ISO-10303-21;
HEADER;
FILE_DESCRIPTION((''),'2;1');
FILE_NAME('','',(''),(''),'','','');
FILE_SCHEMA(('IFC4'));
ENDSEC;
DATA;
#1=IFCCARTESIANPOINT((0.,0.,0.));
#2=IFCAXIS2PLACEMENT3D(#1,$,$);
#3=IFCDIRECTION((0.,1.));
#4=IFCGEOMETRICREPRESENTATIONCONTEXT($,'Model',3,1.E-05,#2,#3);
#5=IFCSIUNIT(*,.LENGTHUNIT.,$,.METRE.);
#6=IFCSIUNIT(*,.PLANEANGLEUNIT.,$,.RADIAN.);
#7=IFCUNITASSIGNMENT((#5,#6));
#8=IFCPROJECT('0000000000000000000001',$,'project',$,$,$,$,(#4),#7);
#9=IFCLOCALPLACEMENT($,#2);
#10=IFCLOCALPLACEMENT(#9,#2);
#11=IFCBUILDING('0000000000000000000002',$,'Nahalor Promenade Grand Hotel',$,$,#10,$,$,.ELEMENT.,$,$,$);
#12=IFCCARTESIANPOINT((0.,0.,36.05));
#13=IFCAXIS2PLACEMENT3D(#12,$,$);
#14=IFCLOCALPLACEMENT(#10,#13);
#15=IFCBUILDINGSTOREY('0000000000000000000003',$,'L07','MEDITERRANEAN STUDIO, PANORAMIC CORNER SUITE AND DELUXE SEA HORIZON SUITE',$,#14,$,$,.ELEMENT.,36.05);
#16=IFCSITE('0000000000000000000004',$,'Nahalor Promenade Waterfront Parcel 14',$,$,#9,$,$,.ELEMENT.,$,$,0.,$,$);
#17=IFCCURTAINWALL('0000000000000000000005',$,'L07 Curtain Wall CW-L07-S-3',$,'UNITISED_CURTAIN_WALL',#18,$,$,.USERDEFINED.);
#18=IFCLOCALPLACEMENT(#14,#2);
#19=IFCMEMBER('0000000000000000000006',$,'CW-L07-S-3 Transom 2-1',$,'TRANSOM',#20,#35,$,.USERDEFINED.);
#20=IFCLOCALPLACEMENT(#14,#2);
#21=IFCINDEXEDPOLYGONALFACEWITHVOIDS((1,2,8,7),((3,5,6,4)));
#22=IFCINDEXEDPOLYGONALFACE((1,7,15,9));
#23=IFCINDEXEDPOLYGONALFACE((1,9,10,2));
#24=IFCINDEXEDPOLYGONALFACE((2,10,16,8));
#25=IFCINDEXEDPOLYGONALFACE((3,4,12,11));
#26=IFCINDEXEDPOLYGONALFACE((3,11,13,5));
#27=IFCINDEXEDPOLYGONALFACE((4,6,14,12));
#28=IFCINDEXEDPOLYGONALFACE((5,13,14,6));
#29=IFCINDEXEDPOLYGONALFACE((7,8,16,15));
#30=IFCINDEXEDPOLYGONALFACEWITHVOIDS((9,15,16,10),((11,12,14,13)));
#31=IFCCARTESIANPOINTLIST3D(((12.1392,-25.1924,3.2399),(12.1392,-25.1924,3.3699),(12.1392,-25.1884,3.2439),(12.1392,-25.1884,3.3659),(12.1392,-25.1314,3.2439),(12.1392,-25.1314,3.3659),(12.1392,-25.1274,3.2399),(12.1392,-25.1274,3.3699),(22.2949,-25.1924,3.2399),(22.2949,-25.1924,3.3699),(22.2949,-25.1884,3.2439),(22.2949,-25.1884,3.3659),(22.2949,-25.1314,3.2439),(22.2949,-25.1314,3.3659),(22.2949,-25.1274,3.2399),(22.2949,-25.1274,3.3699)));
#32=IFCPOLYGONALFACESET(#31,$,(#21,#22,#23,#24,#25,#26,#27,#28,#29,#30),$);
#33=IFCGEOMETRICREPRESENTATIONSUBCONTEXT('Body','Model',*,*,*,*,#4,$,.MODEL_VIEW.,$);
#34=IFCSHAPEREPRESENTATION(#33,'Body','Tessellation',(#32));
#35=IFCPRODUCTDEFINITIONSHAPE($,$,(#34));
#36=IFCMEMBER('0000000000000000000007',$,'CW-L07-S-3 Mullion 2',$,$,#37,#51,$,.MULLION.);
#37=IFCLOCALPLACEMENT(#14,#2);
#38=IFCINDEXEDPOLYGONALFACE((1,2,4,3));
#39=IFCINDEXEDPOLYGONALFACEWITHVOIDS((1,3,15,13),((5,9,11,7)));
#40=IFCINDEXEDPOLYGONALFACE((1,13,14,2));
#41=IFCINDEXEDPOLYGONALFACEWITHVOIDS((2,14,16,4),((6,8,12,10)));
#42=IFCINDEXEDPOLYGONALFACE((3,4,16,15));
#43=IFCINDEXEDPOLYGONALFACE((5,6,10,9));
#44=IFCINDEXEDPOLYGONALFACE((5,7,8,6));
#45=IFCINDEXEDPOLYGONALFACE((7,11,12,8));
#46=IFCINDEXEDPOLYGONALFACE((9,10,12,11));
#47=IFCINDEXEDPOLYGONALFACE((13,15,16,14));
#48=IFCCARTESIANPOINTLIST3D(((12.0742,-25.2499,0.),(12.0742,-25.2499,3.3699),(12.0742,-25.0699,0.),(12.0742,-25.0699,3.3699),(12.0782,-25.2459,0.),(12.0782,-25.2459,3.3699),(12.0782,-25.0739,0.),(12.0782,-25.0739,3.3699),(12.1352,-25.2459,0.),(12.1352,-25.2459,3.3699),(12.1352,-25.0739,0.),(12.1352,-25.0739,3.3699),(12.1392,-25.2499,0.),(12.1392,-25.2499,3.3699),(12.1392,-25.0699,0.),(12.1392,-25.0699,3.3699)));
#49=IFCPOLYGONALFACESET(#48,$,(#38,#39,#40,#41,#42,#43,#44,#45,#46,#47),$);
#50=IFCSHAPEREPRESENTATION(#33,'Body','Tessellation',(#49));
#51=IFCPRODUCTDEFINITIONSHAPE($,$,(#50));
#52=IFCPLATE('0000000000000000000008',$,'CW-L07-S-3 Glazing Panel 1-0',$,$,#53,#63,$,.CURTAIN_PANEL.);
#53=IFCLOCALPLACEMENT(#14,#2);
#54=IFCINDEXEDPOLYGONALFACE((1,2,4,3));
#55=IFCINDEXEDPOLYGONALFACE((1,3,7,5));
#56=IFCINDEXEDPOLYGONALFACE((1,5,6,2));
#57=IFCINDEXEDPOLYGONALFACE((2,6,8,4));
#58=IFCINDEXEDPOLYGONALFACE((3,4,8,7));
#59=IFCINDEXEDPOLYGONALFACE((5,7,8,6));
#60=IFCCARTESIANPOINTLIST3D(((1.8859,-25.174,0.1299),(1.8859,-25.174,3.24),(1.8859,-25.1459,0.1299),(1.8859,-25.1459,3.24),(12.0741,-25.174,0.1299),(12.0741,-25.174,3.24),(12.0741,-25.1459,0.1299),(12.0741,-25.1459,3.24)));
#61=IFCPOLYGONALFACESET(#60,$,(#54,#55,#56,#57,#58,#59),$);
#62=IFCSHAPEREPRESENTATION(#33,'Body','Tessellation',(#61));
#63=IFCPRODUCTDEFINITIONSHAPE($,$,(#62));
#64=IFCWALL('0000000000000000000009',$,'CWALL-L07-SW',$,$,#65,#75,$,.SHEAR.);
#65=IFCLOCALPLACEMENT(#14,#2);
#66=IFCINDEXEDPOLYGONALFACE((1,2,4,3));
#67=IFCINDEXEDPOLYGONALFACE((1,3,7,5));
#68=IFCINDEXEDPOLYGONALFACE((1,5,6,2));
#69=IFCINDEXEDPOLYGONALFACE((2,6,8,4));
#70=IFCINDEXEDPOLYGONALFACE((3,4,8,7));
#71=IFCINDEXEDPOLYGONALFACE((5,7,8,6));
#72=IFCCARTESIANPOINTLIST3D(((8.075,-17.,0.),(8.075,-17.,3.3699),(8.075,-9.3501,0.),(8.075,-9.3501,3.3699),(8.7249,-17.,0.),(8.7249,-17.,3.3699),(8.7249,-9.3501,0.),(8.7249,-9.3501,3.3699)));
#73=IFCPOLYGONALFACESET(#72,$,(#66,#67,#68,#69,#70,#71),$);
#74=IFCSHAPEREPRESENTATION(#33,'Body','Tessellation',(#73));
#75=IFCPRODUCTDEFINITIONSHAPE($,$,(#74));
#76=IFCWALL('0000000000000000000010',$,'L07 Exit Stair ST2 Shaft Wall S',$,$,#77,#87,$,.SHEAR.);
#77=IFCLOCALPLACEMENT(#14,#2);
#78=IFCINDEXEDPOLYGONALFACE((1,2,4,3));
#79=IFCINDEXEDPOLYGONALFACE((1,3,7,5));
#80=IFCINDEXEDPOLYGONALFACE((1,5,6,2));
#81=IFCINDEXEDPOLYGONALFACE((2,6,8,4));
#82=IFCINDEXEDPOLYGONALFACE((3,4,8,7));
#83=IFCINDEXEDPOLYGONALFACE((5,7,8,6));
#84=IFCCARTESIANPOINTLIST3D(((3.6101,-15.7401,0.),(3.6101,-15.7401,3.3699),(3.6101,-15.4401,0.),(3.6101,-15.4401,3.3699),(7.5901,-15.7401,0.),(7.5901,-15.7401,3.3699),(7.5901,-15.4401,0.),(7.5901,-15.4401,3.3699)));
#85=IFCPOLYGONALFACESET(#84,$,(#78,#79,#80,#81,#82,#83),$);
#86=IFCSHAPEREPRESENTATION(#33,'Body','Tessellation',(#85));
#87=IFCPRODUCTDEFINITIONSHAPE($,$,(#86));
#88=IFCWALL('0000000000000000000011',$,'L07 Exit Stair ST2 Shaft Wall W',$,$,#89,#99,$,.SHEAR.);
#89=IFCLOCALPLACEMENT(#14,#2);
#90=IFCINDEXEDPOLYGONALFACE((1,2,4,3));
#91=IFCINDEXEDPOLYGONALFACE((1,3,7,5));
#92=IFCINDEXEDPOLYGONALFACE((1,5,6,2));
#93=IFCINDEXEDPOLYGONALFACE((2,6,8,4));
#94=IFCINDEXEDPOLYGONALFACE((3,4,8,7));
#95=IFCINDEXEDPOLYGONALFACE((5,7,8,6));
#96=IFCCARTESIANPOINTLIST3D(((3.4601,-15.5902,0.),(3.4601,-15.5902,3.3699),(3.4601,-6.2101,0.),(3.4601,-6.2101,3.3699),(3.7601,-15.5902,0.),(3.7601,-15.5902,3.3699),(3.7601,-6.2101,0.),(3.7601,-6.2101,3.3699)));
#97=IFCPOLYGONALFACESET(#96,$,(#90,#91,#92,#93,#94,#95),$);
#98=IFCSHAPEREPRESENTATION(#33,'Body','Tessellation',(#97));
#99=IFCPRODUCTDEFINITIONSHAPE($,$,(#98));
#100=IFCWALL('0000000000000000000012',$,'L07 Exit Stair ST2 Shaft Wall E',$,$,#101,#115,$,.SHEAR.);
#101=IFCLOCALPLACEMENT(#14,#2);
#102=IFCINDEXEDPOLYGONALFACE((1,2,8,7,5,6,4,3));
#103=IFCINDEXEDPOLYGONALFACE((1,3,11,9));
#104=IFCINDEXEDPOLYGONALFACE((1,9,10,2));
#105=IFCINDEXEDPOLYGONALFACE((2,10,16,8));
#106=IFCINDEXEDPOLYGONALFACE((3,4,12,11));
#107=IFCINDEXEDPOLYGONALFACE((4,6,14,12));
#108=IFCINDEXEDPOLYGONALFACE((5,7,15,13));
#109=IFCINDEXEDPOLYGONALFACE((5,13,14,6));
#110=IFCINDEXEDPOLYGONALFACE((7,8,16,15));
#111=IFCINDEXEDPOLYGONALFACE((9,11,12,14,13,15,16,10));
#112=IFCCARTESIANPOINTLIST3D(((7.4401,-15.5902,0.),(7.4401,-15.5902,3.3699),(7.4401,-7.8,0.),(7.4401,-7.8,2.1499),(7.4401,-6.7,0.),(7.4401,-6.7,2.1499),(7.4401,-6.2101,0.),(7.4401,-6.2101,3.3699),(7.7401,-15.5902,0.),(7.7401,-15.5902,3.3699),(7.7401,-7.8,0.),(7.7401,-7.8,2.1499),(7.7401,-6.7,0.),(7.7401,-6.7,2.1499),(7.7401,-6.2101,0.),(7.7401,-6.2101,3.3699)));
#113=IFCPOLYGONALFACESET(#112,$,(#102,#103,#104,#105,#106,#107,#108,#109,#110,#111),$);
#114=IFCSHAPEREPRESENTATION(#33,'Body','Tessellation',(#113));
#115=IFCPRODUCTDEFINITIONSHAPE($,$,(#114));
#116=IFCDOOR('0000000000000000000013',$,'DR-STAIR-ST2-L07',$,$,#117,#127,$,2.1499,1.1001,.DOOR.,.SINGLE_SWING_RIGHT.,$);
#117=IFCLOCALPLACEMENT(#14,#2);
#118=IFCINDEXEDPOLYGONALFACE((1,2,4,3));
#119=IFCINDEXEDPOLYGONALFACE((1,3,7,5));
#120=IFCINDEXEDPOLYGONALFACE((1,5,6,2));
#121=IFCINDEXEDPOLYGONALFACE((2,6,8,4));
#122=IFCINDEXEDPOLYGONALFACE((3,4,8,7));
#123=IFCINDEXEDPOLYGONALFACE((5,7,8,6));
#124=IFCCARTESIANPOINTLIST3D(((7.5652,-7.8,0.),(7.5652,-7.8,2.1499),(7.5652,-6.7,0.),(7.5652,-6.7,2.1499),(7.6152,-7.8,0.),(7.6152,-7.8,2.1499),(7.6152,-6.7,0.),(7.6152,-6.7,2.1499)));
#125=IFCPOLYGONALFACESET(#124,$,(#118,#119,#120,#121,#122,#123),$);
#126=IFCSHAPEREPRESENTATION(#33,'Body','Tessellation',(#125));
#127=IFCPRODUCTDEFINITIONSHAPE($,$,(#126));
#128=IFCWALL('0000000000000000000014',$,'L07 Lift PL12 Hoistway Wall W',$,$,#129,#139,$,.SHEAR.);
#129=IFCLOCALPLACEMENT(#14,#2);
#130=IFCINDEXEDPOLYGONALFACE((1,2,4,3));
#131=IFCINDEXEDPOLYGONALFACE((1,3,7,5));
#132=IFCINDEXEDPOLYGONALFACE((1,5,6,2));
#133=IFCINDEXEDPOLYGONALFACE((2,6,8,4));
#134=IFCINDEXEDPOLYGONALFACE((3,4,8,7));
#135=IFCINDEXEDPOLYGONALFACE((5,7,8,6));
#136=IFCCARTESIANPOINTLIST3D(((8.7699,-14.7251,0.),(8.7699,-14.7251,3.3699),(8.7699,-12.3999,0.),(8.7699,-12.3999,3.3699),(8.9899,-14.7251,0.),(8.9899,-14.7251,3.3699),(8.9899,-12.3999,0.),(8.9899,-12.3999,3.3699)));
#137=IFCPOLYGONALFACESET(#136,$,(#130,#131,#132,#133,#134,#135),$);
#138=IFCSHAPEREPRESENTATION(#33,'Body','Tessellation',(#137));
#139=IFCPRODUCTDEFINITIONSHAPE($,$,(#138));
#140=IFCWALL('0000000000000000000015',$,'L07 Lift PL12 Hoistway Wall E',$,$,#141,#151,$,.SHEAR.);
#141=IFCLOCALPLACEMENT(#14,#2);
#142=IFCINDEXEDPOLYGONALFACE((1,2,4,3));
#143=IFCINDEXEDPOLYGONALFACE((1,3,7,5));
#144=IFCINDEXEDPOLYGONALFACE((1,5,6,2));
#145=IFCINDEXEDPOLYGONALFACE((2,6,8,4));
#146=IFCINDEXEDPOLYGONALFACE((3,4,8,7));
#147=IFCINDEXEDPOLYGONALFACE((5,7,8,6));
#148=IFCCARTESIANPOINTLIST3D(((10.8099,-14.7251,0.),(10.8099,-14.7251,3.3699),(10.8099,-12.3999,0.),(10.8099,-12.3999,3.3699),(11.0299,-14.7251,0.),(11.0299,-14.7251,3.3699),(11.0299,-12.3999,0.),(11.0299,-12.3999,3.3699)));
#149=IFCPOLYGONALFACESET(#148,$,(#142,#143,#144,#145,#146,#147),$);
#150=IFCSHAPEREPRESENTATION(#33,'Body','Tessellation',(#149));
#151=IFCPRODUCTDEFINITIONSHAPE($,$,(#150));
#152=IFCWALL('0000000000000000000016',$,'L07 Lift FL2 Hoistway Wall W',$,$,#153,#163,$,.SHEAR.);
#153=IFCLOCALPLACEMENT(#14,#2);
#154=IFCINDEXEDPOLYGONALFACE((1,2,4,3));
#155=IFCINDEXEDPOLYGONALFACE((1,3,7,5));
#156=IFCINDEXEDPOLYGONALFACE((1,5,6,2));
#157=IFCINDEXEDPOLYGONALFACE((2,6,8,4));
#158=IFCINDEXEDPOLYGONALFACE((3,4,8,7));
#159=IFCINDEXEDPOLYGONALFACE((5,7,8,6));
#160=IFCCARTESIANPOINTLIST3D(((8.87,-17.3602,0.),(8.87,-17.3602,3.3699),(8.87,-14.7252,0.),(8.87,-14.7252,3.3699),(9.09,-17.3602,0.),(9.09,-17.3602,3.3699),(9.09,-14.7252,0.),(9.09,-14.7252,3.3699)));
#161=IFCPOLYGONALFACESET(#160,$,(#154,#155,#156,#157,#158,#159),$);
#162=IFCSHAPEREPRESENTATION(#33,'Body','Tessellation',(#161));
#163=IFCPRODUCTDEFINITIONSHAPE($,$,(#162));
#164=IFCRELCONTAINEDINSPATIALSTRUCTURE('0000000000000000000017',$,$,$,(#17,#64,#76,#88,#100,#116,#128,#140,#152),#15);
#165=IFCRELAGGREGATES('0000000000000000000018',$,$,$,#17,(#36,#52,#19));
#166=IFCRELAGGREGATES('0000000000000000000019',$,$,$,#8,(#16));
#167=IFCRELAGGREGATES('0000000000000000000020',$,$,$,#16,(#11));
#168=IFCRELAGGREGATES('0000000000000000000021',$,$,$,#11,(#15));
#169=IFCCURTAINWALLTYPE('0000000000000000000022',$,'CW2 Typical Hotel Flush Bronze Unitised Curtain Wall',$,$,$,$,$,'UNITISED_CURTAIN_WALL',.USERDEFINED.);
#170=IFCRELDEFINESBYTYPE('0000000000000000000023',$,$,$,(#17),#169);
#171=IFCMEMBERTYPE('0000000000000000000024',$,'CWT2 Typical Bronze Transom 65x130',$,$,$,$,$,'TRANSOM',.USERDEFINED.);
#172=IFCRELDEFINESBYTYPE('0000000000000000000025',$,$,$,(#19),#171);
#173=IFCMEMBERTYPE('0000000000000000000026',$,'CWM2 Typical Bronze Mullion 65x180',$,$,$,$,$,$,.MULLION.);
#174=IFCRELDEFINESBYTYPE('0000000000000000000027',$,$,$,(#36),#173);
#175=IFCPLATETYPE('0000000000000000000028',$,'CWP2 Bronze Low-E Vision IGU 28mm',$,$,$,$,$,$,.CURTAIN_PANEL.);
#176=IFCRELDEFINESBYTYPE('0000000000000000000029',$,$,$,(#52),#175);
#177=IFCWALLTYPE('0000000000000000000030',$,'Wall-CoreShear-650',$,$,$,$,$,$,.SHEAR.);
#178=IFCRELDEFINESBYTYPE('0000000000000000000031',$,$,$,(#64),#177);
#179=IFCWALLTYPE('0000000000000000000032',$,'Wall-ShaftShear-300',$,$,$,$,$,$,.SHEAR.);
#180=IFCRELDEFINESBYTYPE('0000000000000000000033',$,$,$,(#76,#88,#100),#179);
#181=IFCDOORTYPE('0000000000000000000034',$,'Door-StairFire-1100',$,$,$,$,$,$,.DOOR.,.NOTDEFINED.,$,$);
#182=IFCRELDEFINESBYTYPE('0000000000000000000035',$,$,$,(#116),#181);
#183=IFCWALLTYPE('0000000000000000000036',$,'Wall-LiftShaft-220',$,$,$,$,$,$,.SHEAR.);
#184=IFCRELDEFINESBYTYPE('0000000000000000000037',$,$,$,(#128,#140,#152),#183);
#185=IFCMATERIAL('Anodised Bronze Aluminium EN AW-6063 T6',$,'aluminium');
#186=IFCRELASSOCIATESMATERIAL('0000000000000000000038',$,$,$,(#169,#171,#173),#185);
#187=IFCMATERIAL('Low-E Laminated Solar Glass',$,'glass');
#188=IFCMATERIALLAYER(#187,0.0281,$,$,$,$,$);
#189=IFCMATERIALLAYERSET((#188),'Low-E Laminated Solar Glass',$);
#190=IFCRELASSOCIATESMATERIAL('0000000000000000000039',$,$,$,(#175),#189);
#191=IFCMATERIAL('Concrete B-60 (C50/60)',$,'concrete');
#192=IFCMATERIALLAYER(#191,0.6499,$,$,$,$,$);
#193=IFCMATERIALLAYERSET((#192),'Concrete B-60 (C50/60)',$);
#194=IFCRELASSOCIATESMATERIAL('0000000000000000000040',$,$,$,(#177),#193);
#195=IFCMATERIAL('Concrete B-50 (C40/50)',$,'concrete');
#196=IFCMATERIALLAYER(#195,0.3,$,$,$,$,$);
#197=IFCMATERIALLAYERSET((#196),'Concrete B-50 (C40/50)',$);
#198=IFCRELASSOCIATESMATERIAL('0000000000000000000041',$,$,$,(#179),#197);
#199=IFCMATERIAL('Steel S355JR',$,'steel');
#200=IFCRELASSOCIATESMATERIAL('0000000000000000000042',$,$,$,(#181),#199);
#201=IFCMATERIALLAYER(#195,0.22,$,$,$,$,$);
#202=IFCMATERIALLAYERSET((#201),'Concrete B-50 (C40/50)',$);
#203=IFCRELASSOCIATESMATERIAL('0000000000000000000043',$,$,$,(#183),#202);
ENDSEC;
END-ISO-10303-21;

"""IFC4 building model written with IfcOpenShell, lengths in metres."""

from ifc_helpers import new_model, si_unit, direction, frame, frame_2d, origin, origin_2d, place, context, subcontext, project, spatial, rectangle, hollow_rectangle, extrude, source, transform, mapped, material, layer, layer_set, material_profile, profile_set, type_object, element, fill, aggregate, save


model = new_model("IFC4")

# Units and contexts
model_context = context("Model", 3, precision=1e-05, world=origin(), true_north=direction((0.0, 1.0)))
body_context = subcontext(model_context, "Body", "Model", "MODEL_VIEW")
ifc_project = project(units=[si_unit("LENGTHUNIT", "METRE"), si_unit("PLANEANGLEUNIT", "RADIAN")], contexts=[model_context])

# Site, building, storey
site_placement = place(None, origin())
site = spatial("IfcSite", under=ifc_project, at=site_placement, Name="Nahalor Promenade Waterfront Parcel 14", CompositionType="ELEMENT", RefElevation=0.0)
building_placement = place(site_placement, origin())
building = spatial("IfcBuilding", under=site, at=building_placement, Name="Nahalor Promenade Grand Hotel", CompositionType="ELEMENT")
storey_placement = place(building_placement, frame((0.0, 0.0, 36.05)))
storey = spatial("IfcBuildingStorey", under=building, at=storey_placement, Name="L07", Description="MEDITERRANEAN STUDIO, PANORAMIC CORNER SUITE AND DELUXE SEA HORIZON SUITE", CompositionType="ELEMENT", Elevation=36.05)

# Shared definitions
ifc_material_1 = material(Name="Steel S355JR", Category="steel")

# Curtain wall, members, plate
ifc_material_2 = material(Name="Anodised Bronze Aluminium EN AW-6063 T6", Category="aluminium")
curtain_wall_type = type_object("IfcCurtainWallType", Name="CW2 Typical Hotel Flush Bronze Unitised Curtain Wall", ElementType="UNITISED_CURTAIN_WALL", PredefinedType="USERDEFINED", material=ifc_material_2)
curtain_wall_placement = place(storey_placement, origin())
curtain_wall = element("IfcCurtainWall", 1, at=curtain_wall_placement, inside=storey, type_object=curtain_wall_type, Name="L07 Curtain Wall CW-L07-S-3", ObjectType="UNITISED_CURTAIN_WALL", PredefinedType="USERDEFINED")
ifc_material_profile_1 = material_profile(ifc_material_2, hollow_rectangle(XDim=0.065, YDim=0.13, WallThickness=0.004, at=origin_2d()), Name="CWT 65x130x4")
ifc_profile_set_1 = profile_set([ifc_material_profile_1], Name="Anodised Bronze Aluminium EN AW-6063 T6")
member_type_1 = type_object("IfcMemberType", Name="CWT2 Typical Bronze Transom 65x130", ElementType="TRANSOM", PredefinedType="USERDEFINED", material=ifc_profile_set_1)
shared_shape_1 = source(origin(), body_context, "Body", "SweptSolid", [
    extrude(hollow_rectangle(XDim=0.065, YDim=0.13, WallThickness=0.004, at=origin_2d()), origin(), (0.0, 0.0, 1.0), 10.1558),
])
member_1_placement = place(storey_placement, frame((12.1392, -25.1599, 3.3049), z_axis=(1.0, 0.0, 0.0), x_axis=(0.0, 1.0, 0.0)))
member_1 = element("IfcMember", 2, at=member_1_placement, type_object=member_type_1, Name="CW-L07-S-3 Transom 2-1", ObjectType="TRANSOM", PredefinedType="USERDEFINED", context=body_context, shape_type="MappedRepresentation", body=[
    mapped(shared_shape_1, transform((0.0, 0.0, 0.0), scale=1.0)),
])
ifc_material_profile_2 = material_profile(ifc_material_2, hollow_rectangle(XDim=0.065, YDim=0.18, WallThickness=0.004, at=origin_2d()), Name="CWM 65x180x4")
ifc_profile_set_2 = profile_set([ifc_material_profile_2], Name="Anodised Bronze Aluminium EN AW-6063 T6")
member_type_2 = type_object("IfcMemberType", Name="CWM2 Typical Bronze Mullion 65x180", PredefinedType="MULLION", material=ifc_profile_set_2)
shared_shape_2 = source(origin(), body_context, "Body", "SweptSolid", [
    extrude(hollow_rectangle(XDim=0.065, YDim=0.18, WallThickness=0.004, at=origin_2d()), origin(), (0.0, 0.0, 1.0), 3.3699),
])
member_2_placement = place(storey_placement, frame((12.1067, -25.1599, 0.0), z_axis=(0.0, 0.0, 1.0), x_axis=(1.0, 0.0, 0.0)))
member_2 = element("IfcMember", 3, at=member_2_placement, type_object=member_type_2, Name="CW-L07-S-3 Mullion 2", PredefinedType="MULLION", context=body_context, shape_type="MappedRepresentation", body=[
    mapped(shared_shape_2, transform((0.0, 0.0, 0.0), scale=1.0)),
])
ifc_material_3 = material(Name="Low-E Laminated Solar Glass", Category="glass")
ifc_layer_1 = layer(ifc_material_3, 0.0281)
ifc_layer_set_1 = layer_set([ifc_layer_1], Name="Low-E Laminated Solar Glass")
plate_type = type_object("IfcPlateType", Name="CWP2 Bronze Low-E Vision IGU 28mm", PredefinedType="CURTAIN_PANEL", material=ifc_layer_set_1)
shared_shape_3 = source(origin(), body_context, "Body", "SweptSolid", [
    extrude(rectangle(XDim=10.1882, YDim=0.0281, at=origin_2d()), origin(), (0.0, 0.0, 1.0), 3.1101),
])
plate_placement = place(storey_placement, frame((6.98, -25.1599, 0.1299), z_axis=(0.0, 0.0, 1.0), x_axis=(1.0, 0.0, 0.0)))
plate = element("IfcPlate", 4, at=plate_placement, type_object=plate_type, Name="CW-L07-S-3 Glazing Panel 1-0", PredefinedType="CURTAIN_PANEL", context=body_context, shape_type="MappedRepresentation", body=[
    mapped(shared_shape_3, transform((0.0, 0.0, 0.0), scale=1.0)),
])
aggregate(curtain_wall, [member_2, plate, member_1])

# Walls
ifc_material_4 = material(Name="Concrete B-60 (C50/60)", Category="concrete")
ifc_layer_2 = layer(ifc_material_4, 0.6499)
ifc_layer_set_2 = layer_set([ifc_layer_2], Name="Concrete B-60 (C50/60)")
wall_type_1 = type_object("IfcWallType", Name="Wall-CoreShear-650", PredefinedType="SHEAR", material=ifc_layer_set_2)
shared_shape_4 = source(origin(), body_context, "Body", "SweptSolid", [
    extrude(rectangle(XDim=7.6499, YDim=0.6499, at=frame_2d((3.825, 0.0))), origin(), (0.0, 0.0, 1.0), 3.3699),
])
wall_1_placement = place(storey_placement, frame((8.3999, -17.0, 0.0), z_axis=(0.0, 0.0, 1.0), x_axis=(0.0, 1.0, 0.0)))
element("IfcWall", 5, at=wall_1_placement, inside=storey, type_object=wall_type_1, Name="CWALL-L07-SW", PredefinedType="SHEAR", context=body_context, shape_type="MappedRepresentation", body=[
    mapped(shared_shape_4, transform((0.0, 0.0, 0.0), scale=1.0)),
])
ifc_material_5 = material(Name="Concrete B-50 (C40/50)", Category="concrete")
ifc_layer_3 = layer(ifc_material_5, 0.3)
ifc_layer_set_3 = layer_set([ifc_layer_3], Name="Concrete B-50 (C40/50)")
wall_type_2 = type_object("IfcWallType", Name="Wall-ShaftShear-300", PredefinedType="SHEAR", material=ifc_layer_set_3)
shared_shape_5 = source(origin(), body_context, "Body", "SweptSolid", [
    extrude(rectangle(XDim=3.98, YDim=0.3, at=frame_2d((1.99, 0.0))), origin(), (0.0, 0.0, 1.0), 3.3699),
])
wall_2_placement = place(storey_placement, frame((3.6101, -15.5901, 0.0), z_axis=(0.0, 0.0, 1.0), x_axis=(1.0, 0.0, 0.0)))
element("IfcWall", 6, at=wall_2_placement, inside=storey, type_object=wall_type_2, Name="L07 Exit Stair ST2 Shaft Wall S", PredefinedType="SHEAR", context=body_context, shape_type="MappedRepresentation", body=[
    mapped(shared_shape_5, transform((0.0, 0.0, 0.0), scale=1.0)),
])
shared_shape_6 = source(origin(), body_context, "Body", "SweptSolid", [
    extrude(rectangle(XDim=9.3801, YDim=0.3, at=frame_2d((4.6899, 0.0))), origin(), (0.0, 0.0, 1.0), 3.3699),
])
wall_3_placement = place(storey_placement, frame((3.6101, -15.5901, 0.0), z_axis=(0.0, 0.0, 1.0), x_axis=(0.0, 1.0, 0.0)))
element("IfcWall", 7, at=wall_3_placement, inside=storey, type_object=wall_type_2, Name="L07 Exit Stair ST2 Shaft Wall W", PredefinedType="SHEAR", context=body_context, shape_type="MappedRepresentation", body=[
    mapped(shared_shape_6, transform((0.0, 0.0, 0.0), scale=1.0)),
])

# Wall, opening, door
wall_4_placement = place(storey_placement, frame((7.5901, -15.5901, 0.0), z_axis=(0.0, 0.0, 1.0), x_axis=(0.0, 1.0, 0.0)))
wall_4 = element("IfcWall", 8, at=wall_4_placement, inside=storey, type_object=wall_type_2, Name="L07 Exit Stair ST2 Shaft Wall E", PredefinedType="SHEAR", context=body_context, shape_type="MappedRepresentation", body=[
    mapped(shared_shape_6, transform((0.0, 0.0, 0.0), scale=1.0)),
])
opening_1_placement = place(wall_4_placement, frame((7.79, 0.0, 0.0)))
opening_1 = element("IfcOpeningElement", 9, at=opening_1_placement, cuts=wall_4, PredefinedType="OPENING", context=body_context, shape_type="SweptSolid", body=[
    extrude(rectangle(XDim=1.1001, YDim=2.1499, at=frame_2d((0.55, 1.075))), frame((0.0, 0.1599, 0.0), z_axis=(0.0, -1.0, 0.0), x_axis=(1.0, 0.0, 0.0)), (0.0, 0.0, 1.0), 0.3201),
])
door_type_1 = type_object("IfcDoorType", Name="Door-StairFire-1100", OperationType="NOTDEFINED", PredefinedType="DOOR", material=ifc_material_1)
shared_shape_7 = source(origin(), body_context, "Body", "SweptSolid", [
    extrude(rectangle(XDim=1.1001, YDim=2.1499, at=frame_2d((0.55, 1.075))), frame((0.0, 0.0249, 0.0), z_axis=(0.0, -1.0, 0.0), x_axis=(1.0, 0.0, 0.0)), (0.0, 0.0, 1.0), 0.05),
])
door_1_placement = place(opening_1_placement, origin())
door_1 = element("IfcDoor", 10, at=door_1_placement, inside=storey, type_object=door_type_1, Name="DR-STAIR-ST2-L07", OperationType="SINGLE_SWING_RIGHT", OverallHeight=2.1499, OverallWidth=1.1001, PredefinedType="DOOR", context=body_context, shape_type="MappedRepresentation", body=[
    mapped(shared_shape_7, transform((0.0, 0.0, 0.0), scale=1.0)),
])
fill(opening_1, door_1)

# Walls
ifc_layer_4 = layer(ifc_material_5, 0.22)
ifc_layer_set_4 = layer_set([ifc_layer_4], Name="Concrete B-50 (C40/50)")
wall_type_3 = type_object("IfcWallType", Name="Wall-LiftShaft-220", PredefinedType="SHEAR", material=ifc_layer_set_4)
shared_shape_8 = source(origin(), body_context, "Body", "SweptSolid", [
    extrude(rectangle(XDim=2.3252, YDim=0.22, at=frame_2d((1.1626, 0.0))), origin(), (0.0, 0.0, 1.0), 3.3699),
])
for number, where, z_axis, x_axis, name in (
    (11, (8.8799, -14.7251, 0.0), (0.0, 0.0, 1.0), (0.0, 1.0, 0.0), "L07 Lift PL12 Hoistway Wall W"),
    (12, (10.9199, -14.7251, 0.0), (0.0, 0.0, 1.0), (0.0, 1.0, 0.0), "L07 Lift PL12 Hoistway Wall E"),
):
    element("IfcWall", number, at=place(storey_placement, frame(where, z_axis=z_axis, x_axis=x_axis)), inside=storey, type_object=wall_type_3, Name=name, PredefinedType="SHEAR", context=body_context, shape_type="MappedRepresentation", body=[
        mapped(shared_shape_8, transform((0.0, 0.0, 0.0), scale=1.0)),
    ])
shared_shape_9 = source(origin(), body_context, "Body", "SweptSolid", [
    extrude(rectangle(XDim=2.635, YDim=0.22, at=frame_2d((1.3174, 0.0))), origin(), (0.0, 0.0, 1.0), 3.3699),
])
wall_5_placement = place(storey_placement, frame((8.98, -17.3601, 0.0), z_axis=(0.0, 0.0, 1.0), x_axis=(0.0, 1.0, 0.0)))
element("IfcWall", 13, at=wall_5_placement, inside=storey, type_object=wall_type_3, Name="L07 Lift FL2 Hoistway Wall W", PredefinedType="SHEAR", context=body_context, shape_type="MappedRepresentation", body=[
    mapped(shared_shape_9, transform((0.0, 0.0, 0.0), scale=1.0)),
])

save(model, "model.ifc")
